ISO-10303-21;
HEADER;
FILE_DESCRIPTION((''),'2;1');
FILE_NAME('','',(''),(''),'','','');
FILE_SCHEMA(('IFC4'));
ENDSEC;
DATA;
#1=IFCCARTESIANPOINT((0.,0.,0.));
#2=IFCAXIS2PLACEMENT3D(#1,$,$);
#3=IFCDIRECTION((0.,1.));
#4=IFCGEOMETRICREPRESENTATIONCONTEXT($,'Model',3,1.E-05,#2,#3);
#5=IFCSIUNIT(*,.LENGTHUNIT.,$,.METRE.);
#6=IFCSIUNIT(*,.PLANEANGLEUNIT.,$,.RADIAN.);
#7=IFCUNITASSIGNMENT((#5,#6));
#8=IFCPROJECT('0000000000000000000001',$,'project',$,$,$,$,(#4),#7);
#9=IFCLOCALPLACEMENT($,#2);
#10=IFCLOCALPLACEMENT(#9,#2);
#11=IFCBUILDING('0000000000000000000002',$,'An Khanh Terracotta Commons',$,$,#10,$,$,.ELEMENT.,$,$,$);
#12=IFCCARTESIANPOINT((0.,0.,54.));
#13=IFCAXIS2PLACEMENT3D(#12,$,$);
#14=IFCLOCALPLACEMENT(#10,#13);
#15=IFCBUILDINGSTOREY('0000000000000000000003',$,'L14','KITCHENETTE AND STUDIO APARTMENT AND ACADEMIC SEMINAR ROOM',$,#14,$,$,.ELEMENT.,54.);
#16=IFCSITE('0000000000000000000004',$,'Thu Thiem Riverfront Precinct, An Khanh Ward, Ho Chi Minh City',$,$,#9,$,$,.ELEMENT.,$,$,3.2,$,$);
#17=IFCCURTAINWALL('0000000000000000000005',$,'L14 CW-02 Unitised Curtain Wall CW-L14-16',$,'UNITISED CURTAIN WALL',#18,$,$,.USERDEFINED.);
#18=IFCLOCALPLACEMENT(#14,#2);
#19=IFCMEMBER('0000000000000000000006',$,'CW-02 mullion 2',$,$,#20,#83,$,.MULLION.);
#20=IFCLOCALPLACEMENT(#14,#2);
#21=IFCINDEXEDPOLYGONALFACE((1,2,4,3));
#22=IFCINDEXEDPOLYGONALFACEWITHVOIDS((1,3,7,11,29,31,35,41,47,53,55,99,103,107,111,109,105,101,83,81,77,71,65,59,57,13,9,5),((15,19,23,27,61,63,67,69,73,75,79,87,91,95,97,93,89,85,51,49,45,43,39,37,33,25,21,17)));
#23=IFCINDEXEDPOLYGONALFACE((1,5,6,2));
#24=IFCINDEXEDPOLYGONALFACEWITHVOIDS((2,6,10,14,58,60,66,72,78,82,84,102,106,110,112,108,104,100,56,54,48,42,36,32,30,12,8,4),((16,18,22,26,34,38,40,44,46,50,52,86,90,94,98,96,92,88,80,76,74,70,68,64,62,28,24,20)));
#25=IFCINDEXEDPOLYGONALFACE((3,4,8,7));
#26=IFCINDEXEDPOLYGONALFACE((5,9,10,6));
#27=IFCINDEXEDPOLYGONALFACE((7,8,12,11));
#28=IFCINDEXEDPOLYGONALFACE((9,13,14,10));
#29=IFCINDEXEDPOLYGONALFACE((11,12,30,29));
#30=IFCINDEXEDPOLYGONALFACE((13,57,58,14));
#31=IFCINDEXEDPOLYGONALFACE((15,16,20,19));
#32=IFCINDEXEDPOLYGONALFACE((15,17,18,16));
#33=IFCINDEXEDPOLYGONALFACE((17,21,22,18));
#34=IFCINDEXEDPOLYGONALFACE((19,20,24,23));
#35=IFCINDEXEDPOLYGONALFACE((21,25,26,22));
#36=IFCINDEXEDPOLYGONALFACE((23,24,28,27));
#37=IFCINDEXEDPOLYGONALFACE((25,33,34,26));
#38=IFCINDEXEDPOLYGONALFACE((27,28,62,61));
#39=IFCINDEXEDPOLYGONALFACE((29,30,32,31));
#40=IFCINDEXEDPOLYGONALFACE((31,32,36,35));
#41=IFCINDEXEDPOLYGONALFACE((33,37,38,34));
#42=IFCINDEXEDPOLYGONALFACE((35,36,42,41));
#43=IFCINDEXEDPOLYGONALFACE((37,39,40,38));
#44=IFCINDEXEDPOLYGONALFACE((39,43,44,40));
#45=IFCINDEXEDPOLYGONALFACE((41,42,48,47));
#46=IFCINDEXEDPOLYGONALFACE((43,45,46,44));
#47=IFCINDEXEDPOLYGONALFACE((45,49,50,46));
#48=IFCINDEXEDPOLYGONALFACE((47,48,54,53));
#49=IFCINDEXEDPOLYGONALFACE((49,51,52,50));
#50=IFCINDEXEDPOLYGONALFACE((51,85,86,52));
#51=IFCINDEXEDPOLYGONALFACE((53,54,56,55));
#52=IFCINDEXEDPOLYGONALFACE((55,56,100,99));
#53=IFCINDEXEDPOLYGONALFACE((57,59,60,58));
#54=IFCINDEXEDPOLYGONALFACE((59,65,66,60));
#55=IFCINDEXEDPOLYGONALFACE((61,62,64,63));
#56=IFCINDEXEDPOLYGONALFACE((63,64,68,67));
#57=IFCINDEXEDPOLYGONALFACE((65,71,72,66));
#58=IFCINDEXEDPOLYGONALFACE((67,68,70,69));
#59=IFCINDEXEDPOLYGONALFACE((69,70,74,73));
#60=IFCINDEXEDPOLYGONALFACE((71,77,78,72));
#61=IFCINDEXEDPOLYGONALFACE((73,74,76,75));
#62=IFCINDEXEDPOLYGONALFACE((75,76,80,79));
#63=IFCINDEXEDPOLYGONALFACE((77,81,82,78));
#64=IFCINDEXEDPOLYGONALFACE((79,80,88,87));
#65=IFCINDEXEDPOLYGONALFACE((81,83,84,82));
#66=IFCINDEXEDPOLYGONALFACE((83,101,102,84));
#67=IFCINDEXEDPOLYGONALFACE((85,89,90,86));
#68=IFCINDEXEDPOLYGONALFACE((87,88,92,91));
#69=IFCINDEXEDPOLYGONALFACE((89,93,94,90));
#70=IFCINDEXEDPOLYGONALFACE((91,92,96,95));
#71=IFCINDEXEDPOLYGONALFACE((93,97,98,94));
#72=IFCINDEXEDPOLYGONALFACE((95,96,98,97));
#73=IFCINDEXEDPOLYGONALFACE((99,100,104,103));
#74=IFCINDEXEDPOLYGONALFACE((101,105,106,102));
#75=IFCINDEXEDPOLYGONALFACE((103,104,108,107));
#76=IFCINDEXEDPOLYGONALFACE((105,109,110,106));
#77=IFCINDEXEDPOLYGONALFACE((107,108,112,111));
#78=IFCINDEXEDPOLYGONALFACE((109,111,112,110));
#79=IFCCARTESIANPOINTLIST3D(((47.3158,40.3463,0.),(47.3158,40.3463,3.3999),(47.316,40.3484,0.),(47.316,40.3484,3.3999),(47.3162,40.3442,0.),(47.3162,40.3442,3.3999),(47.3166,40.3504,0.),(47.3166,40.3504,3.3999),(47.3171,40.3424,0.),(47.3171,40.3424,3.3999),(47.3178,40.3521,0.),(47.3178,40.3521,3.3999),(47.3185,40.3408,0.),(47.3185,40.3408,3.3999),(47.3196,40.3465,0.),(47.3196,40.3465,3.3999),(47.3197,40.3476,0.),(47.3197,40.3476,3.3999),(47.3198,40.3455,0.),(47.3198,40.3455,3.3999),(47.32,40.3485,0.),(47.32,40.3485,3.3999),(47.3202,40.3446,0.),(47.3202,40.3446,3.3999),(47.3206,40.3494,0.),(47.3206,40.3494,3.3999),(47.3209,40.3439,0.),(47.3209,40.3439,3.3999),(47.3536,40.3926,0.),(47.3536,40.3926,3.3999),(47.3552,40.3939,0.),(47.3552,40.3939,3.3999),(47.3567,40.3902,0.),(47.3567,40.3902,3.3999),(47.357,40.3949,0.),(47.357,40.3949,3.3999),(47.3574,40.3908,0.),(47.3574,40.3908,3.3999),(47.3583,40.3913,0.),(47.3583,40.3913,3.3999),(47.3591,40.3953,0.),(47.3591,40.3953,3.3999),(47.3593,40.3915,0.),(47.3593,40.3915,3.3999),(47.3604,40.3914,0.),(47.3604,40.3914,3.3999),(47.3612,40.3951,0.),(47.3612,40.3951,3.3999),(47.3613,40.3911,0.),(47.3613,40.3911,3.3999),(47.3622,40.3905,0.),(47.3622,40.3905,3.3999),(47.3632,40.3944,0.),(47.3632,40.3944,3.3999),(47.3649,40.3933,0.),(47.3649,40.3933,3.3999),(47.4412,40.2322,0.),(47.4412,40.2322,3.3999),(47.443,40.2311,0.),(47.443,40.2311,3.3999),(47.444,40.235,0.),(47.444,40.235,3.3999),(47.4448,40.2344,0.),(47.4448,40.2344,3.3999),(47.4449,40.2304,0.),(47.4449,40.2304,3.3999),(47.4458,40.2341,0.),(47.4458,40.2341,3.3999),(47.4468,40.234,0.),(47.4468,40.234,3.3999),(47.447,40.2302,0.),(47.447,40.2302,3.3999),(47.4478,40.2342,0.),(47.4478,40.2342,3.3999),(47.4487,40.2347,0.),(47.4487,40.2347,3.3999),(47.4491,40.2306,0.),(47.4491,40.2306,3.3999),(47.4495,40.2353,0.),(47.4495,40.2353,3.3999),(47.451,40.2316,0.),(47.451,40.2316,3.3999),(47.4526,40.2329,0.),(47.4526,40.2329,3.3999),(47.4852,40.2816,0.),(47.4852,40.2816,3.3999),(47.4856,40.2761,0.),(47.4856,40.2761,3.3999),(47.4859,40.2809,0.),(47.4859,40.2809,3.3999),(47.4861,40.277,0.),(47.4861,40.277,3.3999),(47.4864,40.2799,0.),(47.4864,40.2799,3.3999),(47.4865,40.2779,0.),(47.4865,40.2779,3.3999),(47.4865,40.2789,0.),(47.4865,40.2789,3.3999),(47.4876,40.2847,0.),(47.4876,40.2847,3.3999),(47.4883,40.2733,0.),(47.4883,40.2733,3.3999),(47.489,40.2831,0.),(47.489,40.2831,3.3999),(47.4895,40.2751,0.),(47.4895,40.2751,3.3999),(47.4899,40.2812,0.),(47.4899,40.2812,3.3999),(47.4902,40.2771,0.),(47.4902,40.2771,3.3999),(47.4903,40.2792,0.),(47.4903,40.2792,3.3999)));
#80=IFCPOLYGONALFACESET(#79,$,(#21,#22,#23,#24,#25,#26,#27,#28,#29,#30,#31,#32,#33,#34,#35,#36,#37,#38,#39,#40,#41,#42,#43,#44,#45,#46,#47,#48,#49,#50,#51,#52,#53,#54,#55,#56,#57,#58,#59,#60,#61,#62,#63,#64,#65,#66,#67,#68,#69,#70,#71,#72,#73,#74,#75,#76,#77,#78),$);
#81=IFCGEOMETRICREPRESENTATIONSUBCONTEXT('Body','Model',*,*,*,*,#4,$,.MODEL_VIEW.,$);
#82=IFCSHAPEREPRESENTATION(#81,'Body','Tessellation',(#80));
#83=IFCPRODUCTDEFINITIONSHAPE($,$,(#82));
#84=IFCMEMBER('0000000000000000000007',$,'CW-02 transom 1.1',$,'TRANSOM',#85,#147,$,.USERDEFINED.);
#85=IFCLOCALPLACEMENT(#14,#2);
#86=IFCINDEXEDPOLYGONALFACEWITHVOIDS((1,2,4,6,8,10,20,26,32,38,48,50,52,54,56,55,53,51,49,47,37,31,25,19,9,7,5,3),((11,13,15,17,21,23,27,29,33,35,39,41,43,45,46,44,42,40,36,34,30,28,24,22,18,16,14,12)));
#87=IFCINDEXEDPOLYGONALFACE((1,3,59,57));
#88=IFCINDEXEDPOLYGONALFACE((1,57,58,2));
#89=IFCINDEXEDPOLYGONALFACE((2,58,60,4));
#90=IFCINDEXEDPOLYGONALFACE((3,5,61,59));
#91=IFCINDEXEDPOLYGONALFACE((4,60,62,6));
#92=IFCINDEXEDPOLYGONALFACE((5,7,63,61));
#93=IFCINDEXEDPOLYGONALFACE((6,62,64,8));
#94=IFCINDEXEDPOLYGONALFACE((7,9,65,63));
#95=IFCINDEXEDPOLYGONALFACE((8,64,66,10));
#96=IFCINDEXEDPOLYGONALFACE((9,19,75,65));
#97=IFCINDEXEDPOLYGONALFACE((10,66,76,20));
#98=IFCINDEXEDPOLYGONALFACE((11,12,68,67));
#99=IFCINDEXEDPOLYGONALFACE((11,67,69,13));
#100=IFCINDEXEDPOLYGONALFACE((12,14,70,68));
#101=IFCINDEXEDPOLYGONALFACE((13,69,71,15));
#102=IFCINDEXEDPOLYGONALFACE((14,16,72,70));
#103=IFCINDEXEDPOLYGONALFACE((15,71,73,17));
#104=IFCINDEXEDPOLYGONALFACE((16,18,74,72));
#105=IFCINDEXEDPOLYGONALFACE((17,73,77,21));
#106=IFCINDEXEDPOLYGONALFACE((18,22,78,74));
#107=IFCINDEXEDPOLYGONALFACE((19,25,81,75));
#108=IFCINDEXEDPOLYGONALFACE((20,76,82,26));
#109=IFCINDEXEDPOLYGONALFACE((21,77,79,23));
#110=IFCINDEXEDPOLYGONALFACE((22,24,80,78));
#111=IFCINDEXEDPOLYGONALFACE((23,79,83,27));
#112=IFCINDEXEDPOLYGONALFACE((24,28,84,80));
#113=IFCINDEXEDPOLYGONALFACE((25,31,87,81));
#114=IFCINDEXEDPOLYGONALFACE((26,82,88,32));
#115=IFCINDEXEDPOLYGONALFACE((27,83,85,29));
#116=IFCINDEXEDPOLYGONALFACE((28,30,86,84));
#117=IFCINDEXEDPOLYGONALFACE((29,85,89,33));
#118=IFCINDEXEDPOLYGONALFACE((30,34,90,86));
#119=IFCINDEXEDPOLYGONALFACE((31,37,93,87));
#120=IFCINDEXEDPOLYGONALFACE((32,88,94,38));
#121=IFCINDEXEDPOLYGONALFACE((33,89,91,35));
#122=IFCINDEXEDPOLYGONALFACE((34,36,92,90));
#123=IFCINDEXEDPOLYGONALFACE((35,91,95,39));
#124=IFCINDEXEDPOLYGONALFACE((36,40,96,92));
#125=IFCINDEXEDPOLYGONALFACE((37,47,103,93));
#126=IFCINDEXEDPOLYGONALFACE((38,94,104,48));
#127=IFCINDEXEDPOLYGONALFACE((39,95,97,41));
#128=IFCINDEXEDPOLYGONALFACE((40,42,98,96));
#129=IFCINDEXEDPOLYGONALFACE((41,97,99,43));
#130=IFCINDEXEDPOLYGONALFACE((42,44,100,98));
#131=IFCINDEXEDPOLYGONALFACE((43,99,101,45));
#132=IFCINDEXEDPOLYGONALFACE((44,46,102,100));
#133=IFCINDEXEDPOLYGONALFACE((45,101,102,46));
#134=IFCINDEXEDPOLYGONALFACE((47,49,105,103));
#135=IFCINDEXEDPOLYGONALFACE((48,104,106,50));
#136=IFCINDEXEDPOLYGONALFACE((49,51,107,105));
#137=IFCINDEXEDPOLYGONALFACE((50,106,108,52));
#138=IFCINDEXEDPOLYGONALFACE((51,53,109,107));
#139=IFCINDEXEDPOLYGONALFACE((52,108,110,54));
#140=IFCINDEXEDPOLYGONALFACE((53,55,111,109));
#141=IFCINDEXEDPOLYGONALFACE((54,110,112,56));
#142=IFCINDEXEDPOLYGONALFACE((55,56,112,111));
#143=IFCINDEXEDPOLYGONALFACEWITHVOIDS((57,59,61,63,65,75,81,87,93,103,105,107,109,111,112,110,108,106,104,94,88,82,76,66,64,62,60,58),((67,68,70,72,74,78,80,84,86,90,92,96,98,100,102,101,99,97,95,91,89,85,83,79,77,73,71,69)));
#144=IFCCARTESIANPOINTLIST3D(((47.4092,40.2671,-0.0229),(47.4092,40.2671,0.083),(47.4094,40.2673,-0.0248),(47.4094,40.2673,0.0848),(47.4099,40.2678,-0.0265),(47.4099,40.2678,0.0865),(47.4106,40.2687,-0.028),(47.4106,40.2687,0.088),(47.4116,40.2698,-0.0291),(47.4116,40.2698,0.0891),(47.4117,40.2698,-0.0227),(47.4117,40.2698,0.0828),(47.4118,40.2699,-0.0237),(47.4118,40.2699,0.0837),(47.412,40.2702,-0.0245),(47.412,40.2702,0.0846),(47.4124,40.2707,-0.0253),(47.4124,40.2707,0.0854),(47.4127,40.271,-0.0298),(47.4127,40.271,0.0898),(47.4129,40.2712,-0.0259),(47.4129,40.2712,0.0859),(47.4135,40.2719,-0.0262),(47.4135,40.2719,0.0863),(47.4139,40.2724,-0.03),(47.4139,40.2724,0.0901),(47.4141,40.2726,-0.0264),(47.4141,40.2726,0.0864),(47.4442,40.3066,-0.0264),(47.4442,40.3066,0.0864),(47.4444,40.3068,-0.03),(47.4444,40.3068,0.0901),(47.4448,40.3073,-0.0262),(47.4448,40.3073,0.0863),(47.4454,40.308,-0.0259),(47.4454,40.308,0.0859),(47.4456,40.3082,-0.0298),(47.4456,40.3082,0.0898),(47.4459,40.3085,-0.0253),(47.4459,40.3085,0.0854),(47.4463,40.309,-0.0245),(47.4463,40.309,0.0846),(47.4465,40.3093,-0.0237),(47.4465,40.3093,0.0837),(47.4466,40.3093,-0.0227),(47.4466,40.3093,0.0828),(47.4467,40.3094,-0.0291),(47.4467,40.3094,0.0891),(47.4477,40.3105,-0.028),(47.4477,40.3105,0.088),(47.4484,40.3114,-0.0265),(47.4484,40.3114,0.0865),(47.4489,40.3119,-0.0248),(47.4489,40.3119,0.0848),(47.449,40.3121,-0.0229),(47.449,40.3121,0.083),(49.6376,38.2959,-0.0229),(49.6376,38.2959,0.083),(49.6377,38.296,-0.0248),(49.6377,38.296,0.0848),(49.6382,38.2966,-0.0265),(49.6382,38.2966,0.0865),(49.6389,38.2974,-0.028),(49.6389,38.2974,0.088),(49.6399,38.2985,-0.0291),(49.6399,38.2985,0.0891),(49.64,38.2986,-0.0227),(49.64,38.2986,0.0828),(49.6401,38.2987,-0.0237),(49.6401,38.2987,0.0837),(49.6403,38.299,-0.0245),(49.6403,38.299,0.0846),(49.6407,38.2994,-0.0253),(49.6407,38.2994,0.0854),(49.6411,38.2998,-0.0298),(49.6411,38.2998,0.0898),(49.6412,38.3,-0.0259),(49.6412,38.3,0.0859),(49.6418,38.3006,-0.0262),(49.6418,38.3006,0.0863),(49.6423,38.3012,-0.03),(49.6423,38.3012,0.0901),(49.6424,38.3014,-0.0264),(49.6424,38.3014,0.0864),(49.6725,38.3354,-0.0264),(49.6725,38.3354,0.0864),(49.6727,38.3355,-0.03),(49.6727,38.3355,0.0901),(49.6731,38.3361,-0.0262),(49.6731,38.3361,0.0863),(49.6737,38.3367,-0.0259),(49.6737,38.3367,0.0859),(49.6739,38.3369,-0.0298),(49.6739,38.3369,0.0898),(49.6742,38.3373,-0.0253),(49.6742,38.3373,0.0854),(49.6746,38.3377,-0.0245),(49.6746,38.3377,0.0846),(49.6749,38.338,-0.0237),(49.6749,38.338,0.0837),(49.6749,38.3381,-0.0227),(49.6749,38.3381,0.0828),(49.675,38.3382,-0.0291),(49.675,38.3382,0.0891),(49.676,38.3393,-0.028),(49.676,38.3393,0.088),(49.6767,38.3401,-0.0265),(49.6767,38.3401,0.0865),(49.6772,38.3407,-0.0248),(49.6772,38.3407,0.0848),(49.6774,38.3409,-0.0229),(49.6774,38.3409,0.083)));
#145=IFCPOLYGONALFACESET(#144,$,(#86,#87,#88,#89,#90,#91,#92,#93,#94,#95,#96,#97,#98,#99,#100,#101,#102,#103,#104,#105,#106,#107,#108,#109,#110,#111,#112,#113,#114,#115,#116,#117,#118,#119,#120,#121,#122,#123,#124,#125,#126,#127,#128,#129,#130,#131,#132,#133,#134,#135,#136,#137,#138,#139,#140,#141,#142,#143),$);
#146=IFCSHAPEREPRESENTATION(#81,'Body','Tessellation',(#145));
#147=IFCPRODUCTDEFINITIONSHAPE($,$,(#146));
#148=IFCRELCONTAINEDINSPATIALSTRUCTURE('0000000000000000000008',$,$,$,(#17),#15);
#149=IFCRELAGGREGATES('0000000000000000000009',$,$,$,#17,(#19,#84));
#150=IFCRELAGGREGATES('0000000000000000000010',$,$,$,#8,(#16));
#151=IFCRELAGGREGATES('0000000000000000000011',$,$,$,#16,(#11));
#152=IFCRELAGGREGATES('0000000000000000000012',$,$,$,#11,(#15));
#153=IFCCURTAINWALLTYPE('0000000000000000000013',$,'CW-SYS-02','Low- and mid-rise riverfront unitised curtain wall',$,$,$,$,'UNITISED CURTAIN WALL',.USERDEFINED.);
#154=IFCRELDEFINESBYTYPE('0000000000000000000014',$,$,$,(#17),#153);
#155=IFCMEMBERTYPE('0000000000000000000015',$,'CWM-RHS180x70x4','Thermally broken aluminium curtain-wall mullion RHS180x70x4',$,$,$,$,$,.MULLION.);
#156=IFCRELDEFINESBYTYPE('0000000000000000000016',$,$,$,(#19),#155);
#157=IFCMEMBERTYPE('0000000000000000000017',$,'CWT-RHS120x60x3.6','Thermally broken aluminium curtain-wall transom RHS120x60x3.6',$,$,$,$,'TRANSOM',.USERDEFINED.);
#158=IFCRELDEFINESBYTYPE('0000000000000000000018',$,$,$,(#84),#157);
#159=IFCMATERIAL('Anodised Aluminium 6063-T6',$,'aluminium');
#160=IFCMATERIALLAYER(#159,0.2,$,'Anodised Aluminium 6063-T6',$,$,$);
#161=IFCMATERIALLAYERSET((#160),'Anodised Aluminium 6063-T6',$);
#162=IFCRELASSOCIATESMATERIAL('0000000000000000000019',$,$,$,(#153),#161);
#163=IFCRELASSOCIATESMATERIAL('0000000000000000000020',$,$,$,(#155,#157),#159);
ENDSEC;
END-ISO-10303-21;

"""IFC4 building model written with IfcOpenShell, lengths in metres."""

from ifc_helpers import new_model, si_unit, direction, frame, origin, origin_2d, place, context, subcontext, project, spatial, hollow_rectangle, extrude, material, layer, layer_set, material_profile, profile_set, type_object, element, aggregate, save


model = new_model("IFC4")

# Units and contexts
model_context = context("Model", 3, precision=1e-05, world=origin(), true_north=direction((0.0, 1.0)))
body_context = subcontext(model_context, "Body", "Model", "MODEL_VIEW")
ifc_project = project(units=[si_unit("LENGTHUNIT", "METRE"), si_unit("PLANEANGLEUNIT", "RADIAN")], contexts=[model_context])

# Site, building, storey
site_placement = place(None, origin())
site = spatial("IfcSite", under=ifc_project, at=site_placement, Name="Thu Thiem Riverfront Precinct, An Khanh Ward, Ho Chi Minh City", CompositionType="ELEMENT", RefElevation=3.2)
building_placement = place(site_placement, origin())
building = spatial("IfcBuilding", under=site, at=building_placement, Name="An Khanh Terracotta Commons", CompositionType="ELEMENT")
storey_placement = place(building_placement, frame((0.0, 0.0, 54.0)))
storey = spatial("IfcBuildingStorey", under=building, at=storey_placement, Name="L14", Description="KITCHENETTE AND STUDIO APARTMENT AND ACADEMIC SEMINAR ROOM", CompositionType="ELEMENT", Elevation=54.0)

# Shared definitions
ifc_material_1 = material(Name="Anodised Aluminium 6063-T6", Category="aluminium")
ifc_layer_1 = layer(ifc_material_1, 0.2, Name="Anodised Aluminium 6063-T6")
ifc_layer_set_1 = layer_set([ifc_layer_1], Name="Anodised Aluminium 6063-T6")
curtain_wall_type = type_object("IfcCurtainWallType", Name="CW-SYS-02", Description="Low- and mid-rise riverfront unitised curtain wall", ElementType="UNITISED CURTAIN WALL", PredefinedType="USERDEFINED", material=ifc_layer_set_1)
ifc_material_profile_1 = material_profile(ifc_material_1, hollow_rectangle(XDim=0.0701, YDim=0.1799, WallThickness=0.0039, InnerFilletRadius=0.0039, OuterFilletRadius=0.0081, at=origin_2d()), Name="RHS180x70x4")
ifc_profile_set_1 = profile_set([ifc_material_profile_1], Name="Anodised Aluminium 6063-T6")
member_type_1 = type_object("IfcMemberType", Name="CWM-RHS180x70x4", Description="Thermally broken aluminium curtain-wall mullion RHS180x70x4", PredefinedType="MULLION", material=ifc_profile_set_1)

# Curtain wall, members
curtain_wall_1_placement = place(storey_placement, origin())
curtain_wall_1 = element("IfcCurtainWall", 1, at=curtain_wall_1_placement, inside=storey, type_object=curtain_wall_type, Name="L14 CW-02 Unitised Curtain Wall CW-L14-16", ObjectType="UNITISED CURTAIN WALL", PredefinedType="USERDEFINED")
member_1_placement = place(storey_placement, frame((47.4031, 40.3127, 0.0), z_axis=(0.0, 0.0, 1.0), x_axis=(-0.662548, -0.749019, 0.0)))
member_1 = element("IfcMember", 2, at=member_1_placement, type_object=member_type_1, Name="CW-02 mullion 2", PredefinedType="MULLION", context=body_context, shape_type="SweptSolid", body=[
    extrude(hollow_rectangle(XDim=0.0701, YDim=0.1799, WallThickness=0.0039, InnerFilletRadius=0.0039, OuterFilletRadius=0.0081, at=origin_2d()), origin(), (0.0, 0.0, 1.0), 3.3999),
])
ifc_material_profile_2 = material_profile(ifc_material_1, hollow_rectangle(XDim=0.0601, YDim=0.1201, WallThickness=0.0037, InnerFilletRadius=0.0037, OuterFilletRadius=0.0071, at=origin_2d()), Name="RHS120x60x3.6")
ifc_profile_set_2 = profile_set([ifc_material_profile_2], Name="Anodised Aluminium 6063-T6")
member_type_2 = type_object("IfcMemberType", Name="CWT-RHS120x60x3.6", Description="Thermally broken aluminium curtain-wall transom RHS120x60x3.6", ElementType="TRANSOM", PredefinedType="USERDEFINED", material=ifc_profile_set_2)
member_2_placement = place(storey_placement, frame((49.6575, 38.3184, 0.03), z_axis=(-0.748992, 0.662579, 0.0), x_axis=(-0.662579, -0.748992, 0.0)))
member_2 = element("IfcMember", 3, at=member_2_placement, type_object=member_type_2, Name="CW-02 transom 1.1", ObjectType="TRANSOM", PredefinedType="USERDEFINED", context=body_context, shape_type="SweptSolid", body=[
    extrude(hollow_rectangle(XDim=0.0601, YDim=0.1201, WallThickness=0.0037, InnerFilletRadius=0.0037, OuterFilletRadius=0.0071, at=origin_2d()), origin(), (0.0, 0.0, 1.0), 2.9751),
])

aggregate(curtain_wall_1, [member_1, member_2])

save(model, "model.ifc")
